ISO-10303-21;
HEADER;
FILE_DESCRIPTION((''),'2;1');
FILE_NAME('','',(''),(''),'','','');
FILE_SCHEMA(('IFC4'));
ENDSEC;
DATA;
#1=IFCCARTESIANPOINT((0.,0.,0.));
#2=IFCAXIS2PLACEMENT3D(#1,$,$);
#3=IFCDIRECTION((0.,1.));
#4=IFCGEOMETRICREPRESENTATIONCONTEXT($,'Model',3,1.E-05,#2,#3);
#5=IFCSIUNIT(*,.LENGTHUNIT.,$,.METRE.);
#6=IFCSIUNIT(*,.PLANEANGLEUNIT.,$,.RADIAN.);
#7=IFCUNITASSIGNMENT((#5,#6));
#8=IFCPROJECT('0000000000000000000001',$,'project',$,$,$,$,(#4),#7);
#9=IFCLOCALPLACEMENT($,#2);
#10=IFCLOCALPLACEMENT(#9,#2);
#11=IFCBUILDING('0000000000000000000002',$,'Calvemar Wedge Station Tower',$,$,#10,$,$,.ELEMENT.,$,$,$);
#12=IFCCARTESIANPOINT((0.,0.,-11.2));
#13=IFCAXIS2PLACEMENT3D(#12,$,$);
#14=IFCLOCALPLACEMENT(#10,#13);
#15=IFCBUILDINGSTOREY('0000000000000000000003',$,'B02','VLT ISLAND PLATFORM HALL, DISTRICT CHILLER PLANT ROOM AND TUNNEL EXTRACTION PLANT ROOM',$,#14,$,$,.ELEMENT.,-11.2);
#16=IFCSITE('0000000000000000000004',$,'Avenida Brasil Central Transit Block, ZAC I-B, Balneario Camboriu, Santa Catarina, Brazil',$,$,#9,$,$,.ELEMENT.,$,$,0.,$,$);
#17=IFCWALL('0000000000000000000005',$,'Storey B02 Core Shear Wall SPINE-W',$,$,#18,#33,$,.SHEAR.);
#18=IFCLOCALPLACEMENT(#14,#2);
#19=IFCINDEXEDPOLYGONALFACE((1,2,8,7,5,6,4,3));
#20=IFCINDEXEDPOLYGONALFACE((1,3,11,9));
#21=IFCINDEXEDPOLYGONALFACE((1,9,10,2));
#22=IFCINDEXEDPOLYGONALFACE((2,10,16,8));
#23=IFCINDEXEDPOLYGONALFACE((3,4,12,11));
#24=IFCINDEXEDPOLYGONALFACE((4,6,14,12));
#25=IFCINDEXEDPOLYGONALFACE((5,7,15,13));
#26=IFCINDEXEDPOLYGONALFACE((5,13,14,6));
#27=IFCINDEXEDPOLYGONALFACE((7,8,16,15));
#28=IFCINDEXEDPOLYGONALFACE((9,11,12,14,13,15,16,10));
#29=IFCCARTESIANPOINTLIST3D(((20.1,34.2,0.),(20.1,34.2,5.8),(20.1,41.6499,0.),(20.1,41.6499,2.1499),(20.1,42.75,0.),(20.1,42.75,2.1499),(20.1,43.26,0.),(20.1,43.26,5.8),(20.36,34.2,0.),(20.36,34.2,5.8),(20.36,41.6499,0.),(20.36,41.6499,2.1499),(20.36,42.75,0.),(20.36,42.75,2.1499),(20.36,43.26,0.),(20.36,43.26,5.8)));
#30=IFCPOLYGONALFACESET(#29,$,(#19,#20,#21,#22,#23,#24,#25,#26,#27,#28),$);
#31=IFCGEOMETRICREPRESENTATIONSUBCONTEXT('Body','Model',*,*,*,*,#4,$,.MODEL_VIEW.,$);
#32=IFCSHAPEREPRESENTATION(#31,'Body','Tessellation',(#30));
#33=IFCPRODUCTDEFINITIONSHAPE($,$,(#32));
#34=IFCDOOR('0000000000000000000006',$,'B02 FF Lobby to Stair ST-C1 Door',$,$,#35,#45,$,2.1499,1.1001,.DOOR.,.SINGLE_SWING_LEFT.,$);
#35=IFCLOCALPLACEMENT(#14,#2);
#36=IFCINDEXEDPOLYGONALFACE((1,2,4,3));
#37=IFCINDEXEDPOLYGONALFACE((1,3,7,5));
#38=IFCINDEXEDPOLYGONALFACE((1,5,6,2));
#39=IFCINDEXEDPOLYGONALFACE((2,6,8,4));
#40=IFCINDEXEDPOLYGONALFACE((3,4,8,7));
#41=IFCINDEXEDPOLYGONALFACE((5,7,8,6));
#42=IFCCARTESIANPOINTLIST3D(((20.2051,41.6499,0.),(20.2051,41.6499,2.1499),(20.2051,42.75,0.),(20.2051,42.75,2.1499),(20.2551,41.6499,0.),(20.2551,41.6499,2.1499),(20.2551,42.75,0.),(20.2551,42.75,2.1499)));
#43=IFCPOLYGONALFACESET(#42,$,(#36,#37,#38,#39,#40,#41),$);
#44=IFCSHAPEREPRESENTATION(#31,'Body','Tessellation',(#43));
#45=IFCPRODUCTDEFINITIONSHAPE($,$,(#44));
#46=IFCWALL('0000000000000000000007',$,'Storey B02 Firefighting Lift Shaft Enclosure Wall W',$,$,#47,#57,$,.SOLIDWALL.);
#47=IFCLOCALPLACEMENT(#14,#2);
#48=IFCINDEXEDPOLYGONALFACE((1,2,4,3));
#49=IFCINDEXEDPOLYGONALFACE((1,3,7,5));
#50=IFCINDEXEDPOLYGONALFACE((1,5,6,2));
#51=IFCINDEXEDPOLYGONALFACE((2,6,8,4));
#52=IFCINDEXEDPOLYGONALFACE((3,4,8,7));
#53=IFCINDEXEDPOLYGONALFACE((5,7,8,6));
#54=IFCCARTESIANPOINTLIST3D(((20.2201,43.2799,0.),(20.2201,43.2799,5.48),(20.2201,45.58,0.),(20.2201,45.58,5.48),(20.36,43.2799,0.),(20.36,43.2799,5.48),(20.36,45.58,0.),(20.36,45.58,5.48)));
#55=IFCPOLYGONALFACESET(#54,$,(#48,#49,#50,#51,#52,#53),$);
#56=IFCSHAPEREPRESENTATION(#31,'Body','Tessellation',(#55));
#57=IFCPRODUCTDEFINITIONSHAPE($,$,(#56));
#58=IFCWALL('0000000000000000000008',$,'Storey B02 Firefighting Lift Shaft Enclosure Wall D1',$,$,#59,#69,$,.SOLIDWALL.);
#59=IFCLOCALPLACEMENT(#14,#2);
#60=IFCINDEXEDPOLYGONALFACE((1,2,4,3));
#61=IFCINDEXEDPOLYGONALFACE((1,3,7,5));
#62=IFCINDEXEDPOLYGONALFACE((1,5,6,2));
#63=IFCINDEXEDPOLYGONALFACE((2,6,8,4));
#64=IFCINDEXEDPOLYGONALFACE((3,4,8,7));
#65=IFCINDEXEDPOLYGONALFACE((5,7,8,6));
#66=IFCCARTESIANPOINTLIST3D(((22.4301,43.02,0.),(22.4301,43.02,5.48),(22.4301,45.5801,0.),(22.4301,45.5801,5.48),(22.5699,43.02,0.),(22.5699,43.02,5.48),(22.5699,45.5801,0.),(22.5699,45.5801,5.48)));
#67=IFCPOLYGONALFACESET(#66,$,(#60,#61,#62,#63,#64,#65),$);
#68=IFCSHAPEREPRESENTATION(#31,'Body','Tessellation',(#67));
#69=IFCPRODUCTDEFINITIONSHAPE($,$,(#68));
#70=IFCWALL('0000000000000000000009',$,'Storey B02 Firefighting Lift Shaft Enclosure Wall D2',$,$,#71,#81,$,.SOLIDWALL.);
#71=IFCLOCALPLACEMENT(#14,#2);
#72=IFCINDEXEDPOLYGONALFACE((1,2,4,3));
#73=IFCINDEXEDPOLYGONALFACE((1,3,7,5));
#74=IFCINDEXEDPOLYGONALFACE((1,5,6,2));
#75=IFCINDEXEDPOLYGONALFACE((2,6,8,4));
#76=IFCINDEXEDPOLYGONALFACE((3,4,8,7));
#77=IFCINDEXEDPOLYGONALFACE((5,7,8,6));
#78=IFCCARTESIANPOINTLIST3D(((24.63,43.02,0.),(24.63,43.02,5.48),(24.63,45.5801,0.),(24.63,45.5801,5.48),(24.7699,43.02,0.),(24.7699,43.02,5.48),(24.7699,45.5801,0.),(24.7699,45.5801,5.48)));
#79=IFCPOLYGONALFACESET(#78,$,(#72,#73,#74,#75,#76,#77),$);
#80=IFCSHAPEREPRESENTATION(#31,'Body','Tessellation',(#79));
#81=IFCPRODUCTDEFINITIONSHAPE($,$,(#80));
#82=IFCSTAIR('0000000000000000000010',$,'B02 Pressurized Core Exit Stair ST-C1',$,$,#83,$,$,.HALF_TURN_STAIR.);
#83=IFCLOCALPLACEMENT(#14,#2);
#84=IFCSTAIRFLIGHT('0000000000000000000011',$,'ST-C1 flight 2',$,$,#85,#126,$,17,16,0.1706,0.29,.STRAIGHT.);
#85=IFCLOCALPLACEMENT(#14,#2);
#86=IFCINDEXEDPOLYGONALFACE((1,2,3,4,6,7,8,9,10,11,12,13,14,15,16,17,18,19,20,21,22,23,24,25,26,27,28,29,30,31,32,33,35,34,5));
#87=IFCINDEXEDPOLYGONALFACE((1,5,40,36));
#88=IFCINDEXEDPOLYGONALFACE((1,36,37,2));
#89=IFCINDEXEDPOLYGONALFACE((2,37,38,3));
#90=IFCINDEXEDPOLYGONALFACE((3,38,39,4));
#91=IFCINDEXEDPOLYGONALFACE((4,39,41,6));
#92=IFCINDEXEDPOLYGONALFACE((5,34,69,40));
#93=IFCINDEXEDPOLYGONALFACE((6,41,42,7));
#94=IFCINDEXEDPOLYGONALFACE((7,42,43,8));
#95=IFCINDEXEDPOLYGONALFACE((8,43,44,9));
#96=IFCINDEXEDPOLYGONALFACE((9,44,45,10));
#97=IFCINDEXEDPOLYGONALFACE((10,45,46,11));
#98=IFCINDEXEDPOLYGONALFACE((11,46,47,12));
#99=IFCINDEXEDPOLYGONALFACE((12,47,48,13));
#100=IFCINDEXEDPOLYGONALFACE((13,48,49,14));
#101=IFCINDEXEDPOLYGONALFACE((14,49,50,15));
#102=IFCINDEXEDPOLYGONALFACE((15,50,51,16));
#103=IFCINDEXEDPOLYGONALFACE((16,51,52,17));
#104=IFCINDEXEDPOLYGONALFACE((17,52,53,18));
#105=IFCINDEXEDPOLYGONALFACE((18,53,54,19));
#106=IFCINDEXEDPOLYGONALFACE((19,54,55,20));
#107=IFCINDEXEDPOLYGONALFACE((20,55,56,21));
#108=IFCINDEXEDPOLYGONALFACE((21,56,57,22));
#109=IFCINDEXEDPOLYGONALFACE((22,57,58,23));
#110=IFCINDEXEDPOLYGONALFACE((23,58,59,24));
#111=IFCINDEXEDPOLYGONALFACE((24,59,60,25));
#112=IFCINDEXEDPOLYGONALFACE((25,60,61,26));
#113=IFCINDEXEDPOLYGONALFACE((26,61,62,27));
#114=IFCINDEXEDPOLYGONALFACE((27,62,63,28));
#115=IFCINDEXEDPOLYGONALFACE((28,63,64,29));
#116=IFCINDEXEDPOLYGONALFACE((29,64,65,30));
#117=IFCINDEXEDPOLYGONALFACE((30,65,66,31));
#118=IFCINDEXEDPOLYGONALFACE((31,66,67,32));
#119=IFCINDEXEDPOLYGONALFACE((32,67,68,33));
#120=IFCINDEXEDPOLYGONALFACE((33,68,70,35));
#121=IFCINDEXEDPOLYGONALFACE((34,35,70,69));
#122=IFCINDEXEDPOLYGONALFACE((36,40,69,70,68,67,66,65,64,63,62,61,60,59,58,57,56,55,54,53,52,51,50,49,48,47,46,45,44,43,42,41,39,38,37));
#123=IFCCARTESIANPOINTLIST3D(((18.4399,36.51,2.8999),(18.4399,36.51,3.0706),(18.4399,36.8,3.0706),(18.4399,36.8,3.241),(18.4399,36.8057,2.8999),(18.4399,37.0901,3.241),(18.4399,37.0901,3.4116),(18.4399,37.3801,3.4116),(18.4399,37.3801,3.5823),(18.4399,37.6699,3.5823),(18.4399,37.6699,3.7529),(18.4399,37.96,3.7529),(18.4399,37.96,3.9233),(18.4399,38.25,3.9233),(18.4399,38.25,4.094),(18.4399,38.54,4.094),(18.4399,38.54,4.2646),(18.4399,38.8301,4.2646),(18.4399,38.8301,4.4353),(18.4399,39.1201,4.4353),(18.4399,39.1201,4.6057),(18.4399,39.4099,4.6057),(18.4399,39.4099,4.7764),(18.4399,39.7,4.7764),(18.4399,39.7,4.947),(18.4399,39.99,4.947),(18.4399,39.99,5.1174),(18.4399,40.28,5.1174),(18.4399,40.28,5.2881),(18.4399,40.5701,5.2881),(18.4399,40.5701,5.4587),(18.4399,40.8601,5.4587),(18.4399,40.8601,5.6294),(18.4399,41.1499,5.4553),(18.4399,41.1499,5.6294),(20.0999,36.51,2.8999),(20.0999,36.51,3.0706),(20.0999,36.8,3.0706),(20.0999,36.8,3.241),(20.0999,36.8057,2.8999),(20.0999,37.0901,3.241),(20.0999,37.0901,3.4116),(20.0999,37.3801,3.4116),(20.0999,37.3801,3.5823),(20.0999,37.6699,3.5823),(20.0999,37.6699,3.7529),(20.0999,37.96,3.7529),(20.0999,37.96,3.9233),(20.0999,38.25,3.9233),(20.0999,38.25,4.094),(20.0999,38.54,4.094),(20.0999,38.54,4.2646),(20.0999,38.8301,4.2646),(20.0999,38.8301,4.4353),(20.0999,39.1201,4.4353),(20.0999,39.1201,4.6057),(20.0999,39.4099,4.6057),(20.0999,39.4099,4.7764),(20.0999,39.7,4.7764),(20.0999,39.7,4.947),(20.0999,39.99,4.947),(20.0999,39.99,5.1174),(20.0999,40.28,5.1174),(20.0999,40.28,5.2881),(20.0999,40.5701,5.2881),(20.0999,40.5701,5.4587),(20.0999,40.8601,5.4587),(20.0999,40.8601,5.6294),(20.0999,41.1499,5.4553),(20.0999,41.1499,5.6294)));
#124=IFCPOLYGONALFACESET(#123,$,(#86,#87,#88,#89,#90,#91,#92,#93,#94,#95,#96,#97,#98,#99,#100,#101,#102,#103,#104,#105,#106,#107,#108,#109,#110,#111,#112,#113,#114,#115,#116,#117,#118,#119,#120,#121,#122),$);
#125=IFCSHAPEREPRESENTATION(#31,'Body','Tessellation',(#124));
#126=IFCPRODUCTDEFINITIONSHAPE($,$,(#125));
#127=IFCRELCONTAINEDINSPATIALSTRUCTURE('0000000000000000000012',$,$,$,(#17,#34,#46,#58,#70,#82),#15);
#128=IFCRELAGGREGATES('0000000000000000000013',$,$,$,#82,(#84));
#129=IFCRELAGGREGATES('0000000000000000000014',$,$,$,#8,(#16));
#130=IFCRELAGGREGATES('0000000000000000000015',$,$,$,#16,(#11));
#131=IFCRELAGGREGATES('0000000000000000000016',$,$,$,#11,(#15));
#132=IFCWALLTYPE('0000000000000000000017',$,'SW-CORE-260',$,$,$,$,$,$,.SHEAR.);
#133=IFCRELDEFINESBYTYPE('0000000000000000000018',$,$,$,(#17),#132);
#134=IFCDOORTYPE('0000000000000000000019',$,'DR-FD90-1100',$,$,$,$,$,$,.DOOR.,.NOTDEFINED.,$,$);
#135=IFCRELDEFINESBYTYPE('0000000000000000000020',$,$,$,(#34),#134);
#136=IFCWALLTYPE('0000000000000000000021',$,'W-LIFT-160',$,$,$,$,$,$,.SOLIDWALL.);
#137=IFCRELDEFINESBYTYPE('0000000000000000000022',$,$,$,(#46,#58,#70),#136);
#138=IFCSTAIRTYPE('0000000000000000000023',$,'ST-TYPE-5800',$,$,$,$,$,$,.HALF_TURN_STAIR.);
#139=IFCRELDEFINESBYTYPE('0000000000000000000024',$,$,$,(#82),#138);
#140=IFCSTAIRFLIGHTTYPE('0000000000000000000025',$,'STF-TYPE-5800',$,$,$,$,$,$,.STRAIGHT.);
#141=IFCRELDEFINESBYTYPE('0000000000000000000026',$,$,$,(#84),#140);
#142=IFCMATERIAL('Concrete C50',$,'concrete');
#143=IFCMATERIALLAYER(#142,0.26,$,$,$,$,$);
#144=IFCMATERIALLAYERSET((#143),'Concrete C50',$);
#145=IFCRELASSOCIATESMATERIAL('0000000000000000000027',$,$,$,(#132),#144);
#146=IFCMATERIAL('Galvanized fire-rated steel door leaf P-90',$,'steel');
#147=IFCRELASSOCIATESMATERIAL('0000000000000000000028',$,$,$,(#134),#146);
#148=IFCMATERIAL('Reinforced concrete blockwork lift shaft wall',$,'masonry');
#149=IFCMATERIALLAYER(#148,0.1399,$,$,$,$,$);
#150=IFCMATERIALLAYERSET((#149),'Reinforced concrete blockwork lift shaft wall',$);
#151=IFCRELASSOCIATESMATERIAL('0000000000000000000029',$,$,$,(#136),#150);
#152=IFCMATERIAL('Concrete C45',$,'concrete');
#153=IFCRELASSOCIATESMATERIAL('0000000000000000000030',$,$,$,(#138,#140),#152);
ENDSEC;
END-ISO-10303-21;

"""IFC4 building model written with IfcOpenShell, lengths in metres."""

from ifc_helpers import new_model, si_unit, direction, frame, frame_2d, origin, place, context, subcontext, project, spatial, polyline, rectangle, outline, extrude, source, transform, mapped, material, layer, layer_set, type_object, element, fill, aggregate, save


model = new_model("IFC4")

# Units and contexts
model_context = context("Model", 3, precision=1e-05, world=origin(), true_north=direction((0.0, 1.0)))
body_context = subcontext(model_context, "Body", "Model", "MODEL_VIEW")
ifc_project = project(units=[si_unit("LENGTHUNIT", "METRE"), si_unit("PLANEANGLEUNIT", "RADIAN")], contexts=[model_context])

# Site, building, storey
site_placement = place(None, origin())
site = spatial("IfcSite", under=ifc_project, at=site_placement, Name="Avenida Brasil Central Transit Block, ZAC I-B, Balneario Camboriu, Santa Catarina, Brazil", CompositionType="ELEMENT", RefElevation=0.0)
building_placement = place(site_placement, origin())
building = spatial("IfcBuilding", under=site, at=building_placement, Name="Calvemar Wedge Station Tower", CompositionType="ELEMENT")
storey_placement = place(building_placement, frame((0.0, 0.0, -11.2)))
storey = spatial("IfcBuildingStorey", under=building, at=storey_placement, Name="B02", Description="VLT ISLAND PLATFORM HALL, DISTRICT CHILLER PLANT ROOM AND TUNNEL EXTRACTION PLANT ROOM", CompositionType="ELEMENT", Elevation=-11.2)

# Shared definitions
ifc_material_1 = material(Name="Concrete C45", Category="concrete")

# Shared definitions
ifc_material_2 = material(Name="Concrete C50", Category="concrete")

# Wall, opening, door
ifc_layer_1 = layer(ifc_material_2, 0.26)
ifc_layer_set_1 = layer_set([ifc_layer_1], Name="Concrete C50")
wall_type_1 = type_object("IfcWallType", Name="SW-CORE-260", PredefinedType="SHEAR", material=ifc_layer_set_1)
wall_1_placement = place(storey_placement, frame((20.23, 34.2, 0.0), z_axis=(0.0, 0.0, 1.0), x_axis=(0.0, 1.0, 0.0)))
wall_1 = element("IfcWall", 1, at=wall_1_placement, inside=storey, type_object=wall_type_1, Name="Storey B02 Core Shear Wall SPINE-W", PredefinedType="SHEAR", context=body_context, shape_type="SweptSolid", body=[
    extrude(rectangle(XDim=9.0601, YDim=0.26, at=frame_2d((4.53, 0.0))), origin(), (0.0, 0.0, 1.0), 5.8),
])
shared_shape_1 = source(origin(), body_context, "Body", "SweptSolid", [
    extrude(rectangle(XDim=1.1001, YDim=2.1499, at=frame_2d((0.55, 1.075))), frame((0.0, 0.1401, 0.0), z_axis=(0.0, -1.0, 0.0), x_axis=(1.0, 0.0, 0.0)), (0.0, 0.0, 1.0), 0.28),
])
opening_1_placement = place(wall_1_placement, frame((7.45, 0.0, 0.0)))
opening_1 = element("IfcOpeningElement", 2, at=opening_1_placement, cuts=wall_1, PredefinedType="OPENING", context=body_context, shape_type="MappedRepresentation", body=[
    mapped(shared_shape_1, transform((0.0, 0.0, 0.0), scale=1.0)),
])
ifc_material_3 = material(Name="Galvanized fire-rated steel door leaf P-90", Category="steel")
door_type_1 = type_object("IfcDoorType", Name="DR-FD90-1100", OperationType="NOTDEFINED", PredefinedType="DOOR", material=ifc_material_3)
shared_shape_2 = source(origin(), body_context, "Body", "SweptSolid", [
    extrude(rectangle(XDim=1.1001, YDim=2.1499, at=frame_2d((0.55, 1.075))), frame((0.0, 0.0249, 0.0), z_axis=(0.0, -1.0, 0.0), x_axis=(1.0, 0.0, 0.0)), (0.0, 0.0, 1.0), 0.05),
])
door_1_placement = place(opening_1_placement, origin())
door_1 = element("IfcDoor", 3, at=door_1_placement, inside=storey, type_object=door_type_1, Name="B02 FF Lobby to Stair ST-C1 Door", OperationType="SINGLE_SWING_LEFT", OverallHeight=2.1499, OverallWidth=1.1001, PredefinedType="DOOR", context=body_context, shape_type="MappedRepresentation", body=[
    mapped(shared_shape_2, transform((0.0, 0.0, 0.0), scale=1.0)),
])
fill(opening_1, door_1)

# Shared definitions
ifc_material_4 = material(Name="Reinforced concrete blockwork lift shaft wall", Category="masonry")
ifc_layer_2 = layer(ifc_material_4, 0.1399)
ifc_layer_set_2 = layer_set([ifc_layer_2], Name="Reinforced concrete blockwork lift shaft wall")
wall_type_2 = type_object("IfcWallType", Name="W-LIFT-160", PredefinedType="SOLIDWALL", material=ifc_layer_set_2)

# Walls
wall_2_placement = place(storey_placement, frame((20.29, 43.28, 0.0), z_axis=(0.0, 0.0, 1.0), x_axis=(0.0, 1.0, 0.0)))
element("IfcWall", 4, at=wall_2_placement, inside=storey, type_object=wall_type_2, Name="Storey B02 Firefighting Lift Shaft Enclosure Wall W", PredefinedType="SOLIDWALL", context=body_context, shape_type="SweptSolid", body=[
    extrude(rectangle(XDim=2.3, YDim=0.1399, at=frame_2d((1.1499, 0.0))), origin(), (0.0, 0.0, 1.0), 5.48),
])
for number, where, z_axis, x_axis, name in (
    (5, (22.5, 43.02, 0.0), (0.0, 0.0, 1.0), (0.0, 1.0, 0.0), "Storey B02 Firefighting Lift Shaft Enclosure Wall D1"),
    (6, (24.7, 43.02, 0.0), (0.0, 0.0, 1.0), (0.0, 1.0, 0.0), "Storey B02 Firefighting Lift Shaft Enclosure Wall D2"),
):
    element("IfcWall", number, at=place(storey_placement, frame(where, z_axis=z_axis, x_axis=x_axis)), inside=storey, type_object=wall_type_2, Name=name, PredefinedType="SOLIDWALL", context=body_context, shape_type="SweptSolid", body=[
        extrude(rectangle(XDim=2.5601, YDim=0.1399, at=frame_2d((1.28, 0.0))), origin(), (0.0, 0.0, 1.0), 5.48),
    ])

# Stair, stair flight
stair_type = type_object("IfcStairType", Name="ST-TYPE-5800", PredefinedType="HALF_TURN_STAIR", material=ifc_material_1)
stair_placement = place(storey_placement, origin())
stair = element("IfcStair", 7, at=stair_placement, inside=storey, type_object=stair_type, Name="B02 Pressurized Core Exit Stair ST-C1", PredefinedType="HALF_TURN_STAIR")
stair_flight_type = type_object("IfcStairFlightType", Name="STF-TYPE-5800", PredefinedType="STRAIGHT", material=ifc_material_1)
stair_flight_placement = place(storey_placement, frame((19.27, 36.51, 2.8999), z_axis=(0.0, 0.0, 1.0), x_axis=(0.0, 1.0, 0.0)))
stair_flight = element("IfcStairFlight", 8, at=stair_flight_placement, type_object=stair_flight_type, Name="ST-C1 flight 2", NumberOfRisers=17, NumberOfTreads=16, PredefinedType="STRAIGHT", RiserHeight=0.1706, TreadLength=0.29, context=body_context, shape_type="SweptSolid", body=[
    extrude(outline(polyline([(0.0, 0.0), (0.0, 0.1707), (0.29, 0.1707), (0.29, 0.3411), (0.5801, 0.3411), (0.5801, 0.5117), (0.8701, 0.5117), (0.8701, 0.6824), (1.1599, 0.6824), (1.1599, 0.853), (1.45, 0.853), (1.45, 1.0234), (1.74, 1.0234), (1.74, 1.1941), (2.03, 1.1941), (2.03, 1.3647), (2.3201, 1.3647), (2.3201, 1.5354), (2.6101, 1.5354), (2.6101, 1.7058), (2.8999, 1.7058), (2.8999, 1.8765), (3.1899, 1.8765), (3.1899, 2.0471), (3.48, 2.0471), (3.48, 2.2175), (3.77, 2.2175), (3.77, 2.3882), (4.0601, 2.3882), (4.0601, 2.5588), (4.3501, 2.5588), (4.3501, 2.7295), (4.6399, 2.7295), (4.6399, 2.8999), (4.6399, 2.5554), (0.2957, 0.0), (0.0, 0.0)])), frame((0.0, 0.8301, 0.0), z_axis=(0.0, -1.0, 0.0), x_axis=(1.0, 0.0, 0.0)), (0.0, 0.0, 1.0), 1.6599),
])
aggregate(stair, [stair_flight])

save(model, "model.ifc")
